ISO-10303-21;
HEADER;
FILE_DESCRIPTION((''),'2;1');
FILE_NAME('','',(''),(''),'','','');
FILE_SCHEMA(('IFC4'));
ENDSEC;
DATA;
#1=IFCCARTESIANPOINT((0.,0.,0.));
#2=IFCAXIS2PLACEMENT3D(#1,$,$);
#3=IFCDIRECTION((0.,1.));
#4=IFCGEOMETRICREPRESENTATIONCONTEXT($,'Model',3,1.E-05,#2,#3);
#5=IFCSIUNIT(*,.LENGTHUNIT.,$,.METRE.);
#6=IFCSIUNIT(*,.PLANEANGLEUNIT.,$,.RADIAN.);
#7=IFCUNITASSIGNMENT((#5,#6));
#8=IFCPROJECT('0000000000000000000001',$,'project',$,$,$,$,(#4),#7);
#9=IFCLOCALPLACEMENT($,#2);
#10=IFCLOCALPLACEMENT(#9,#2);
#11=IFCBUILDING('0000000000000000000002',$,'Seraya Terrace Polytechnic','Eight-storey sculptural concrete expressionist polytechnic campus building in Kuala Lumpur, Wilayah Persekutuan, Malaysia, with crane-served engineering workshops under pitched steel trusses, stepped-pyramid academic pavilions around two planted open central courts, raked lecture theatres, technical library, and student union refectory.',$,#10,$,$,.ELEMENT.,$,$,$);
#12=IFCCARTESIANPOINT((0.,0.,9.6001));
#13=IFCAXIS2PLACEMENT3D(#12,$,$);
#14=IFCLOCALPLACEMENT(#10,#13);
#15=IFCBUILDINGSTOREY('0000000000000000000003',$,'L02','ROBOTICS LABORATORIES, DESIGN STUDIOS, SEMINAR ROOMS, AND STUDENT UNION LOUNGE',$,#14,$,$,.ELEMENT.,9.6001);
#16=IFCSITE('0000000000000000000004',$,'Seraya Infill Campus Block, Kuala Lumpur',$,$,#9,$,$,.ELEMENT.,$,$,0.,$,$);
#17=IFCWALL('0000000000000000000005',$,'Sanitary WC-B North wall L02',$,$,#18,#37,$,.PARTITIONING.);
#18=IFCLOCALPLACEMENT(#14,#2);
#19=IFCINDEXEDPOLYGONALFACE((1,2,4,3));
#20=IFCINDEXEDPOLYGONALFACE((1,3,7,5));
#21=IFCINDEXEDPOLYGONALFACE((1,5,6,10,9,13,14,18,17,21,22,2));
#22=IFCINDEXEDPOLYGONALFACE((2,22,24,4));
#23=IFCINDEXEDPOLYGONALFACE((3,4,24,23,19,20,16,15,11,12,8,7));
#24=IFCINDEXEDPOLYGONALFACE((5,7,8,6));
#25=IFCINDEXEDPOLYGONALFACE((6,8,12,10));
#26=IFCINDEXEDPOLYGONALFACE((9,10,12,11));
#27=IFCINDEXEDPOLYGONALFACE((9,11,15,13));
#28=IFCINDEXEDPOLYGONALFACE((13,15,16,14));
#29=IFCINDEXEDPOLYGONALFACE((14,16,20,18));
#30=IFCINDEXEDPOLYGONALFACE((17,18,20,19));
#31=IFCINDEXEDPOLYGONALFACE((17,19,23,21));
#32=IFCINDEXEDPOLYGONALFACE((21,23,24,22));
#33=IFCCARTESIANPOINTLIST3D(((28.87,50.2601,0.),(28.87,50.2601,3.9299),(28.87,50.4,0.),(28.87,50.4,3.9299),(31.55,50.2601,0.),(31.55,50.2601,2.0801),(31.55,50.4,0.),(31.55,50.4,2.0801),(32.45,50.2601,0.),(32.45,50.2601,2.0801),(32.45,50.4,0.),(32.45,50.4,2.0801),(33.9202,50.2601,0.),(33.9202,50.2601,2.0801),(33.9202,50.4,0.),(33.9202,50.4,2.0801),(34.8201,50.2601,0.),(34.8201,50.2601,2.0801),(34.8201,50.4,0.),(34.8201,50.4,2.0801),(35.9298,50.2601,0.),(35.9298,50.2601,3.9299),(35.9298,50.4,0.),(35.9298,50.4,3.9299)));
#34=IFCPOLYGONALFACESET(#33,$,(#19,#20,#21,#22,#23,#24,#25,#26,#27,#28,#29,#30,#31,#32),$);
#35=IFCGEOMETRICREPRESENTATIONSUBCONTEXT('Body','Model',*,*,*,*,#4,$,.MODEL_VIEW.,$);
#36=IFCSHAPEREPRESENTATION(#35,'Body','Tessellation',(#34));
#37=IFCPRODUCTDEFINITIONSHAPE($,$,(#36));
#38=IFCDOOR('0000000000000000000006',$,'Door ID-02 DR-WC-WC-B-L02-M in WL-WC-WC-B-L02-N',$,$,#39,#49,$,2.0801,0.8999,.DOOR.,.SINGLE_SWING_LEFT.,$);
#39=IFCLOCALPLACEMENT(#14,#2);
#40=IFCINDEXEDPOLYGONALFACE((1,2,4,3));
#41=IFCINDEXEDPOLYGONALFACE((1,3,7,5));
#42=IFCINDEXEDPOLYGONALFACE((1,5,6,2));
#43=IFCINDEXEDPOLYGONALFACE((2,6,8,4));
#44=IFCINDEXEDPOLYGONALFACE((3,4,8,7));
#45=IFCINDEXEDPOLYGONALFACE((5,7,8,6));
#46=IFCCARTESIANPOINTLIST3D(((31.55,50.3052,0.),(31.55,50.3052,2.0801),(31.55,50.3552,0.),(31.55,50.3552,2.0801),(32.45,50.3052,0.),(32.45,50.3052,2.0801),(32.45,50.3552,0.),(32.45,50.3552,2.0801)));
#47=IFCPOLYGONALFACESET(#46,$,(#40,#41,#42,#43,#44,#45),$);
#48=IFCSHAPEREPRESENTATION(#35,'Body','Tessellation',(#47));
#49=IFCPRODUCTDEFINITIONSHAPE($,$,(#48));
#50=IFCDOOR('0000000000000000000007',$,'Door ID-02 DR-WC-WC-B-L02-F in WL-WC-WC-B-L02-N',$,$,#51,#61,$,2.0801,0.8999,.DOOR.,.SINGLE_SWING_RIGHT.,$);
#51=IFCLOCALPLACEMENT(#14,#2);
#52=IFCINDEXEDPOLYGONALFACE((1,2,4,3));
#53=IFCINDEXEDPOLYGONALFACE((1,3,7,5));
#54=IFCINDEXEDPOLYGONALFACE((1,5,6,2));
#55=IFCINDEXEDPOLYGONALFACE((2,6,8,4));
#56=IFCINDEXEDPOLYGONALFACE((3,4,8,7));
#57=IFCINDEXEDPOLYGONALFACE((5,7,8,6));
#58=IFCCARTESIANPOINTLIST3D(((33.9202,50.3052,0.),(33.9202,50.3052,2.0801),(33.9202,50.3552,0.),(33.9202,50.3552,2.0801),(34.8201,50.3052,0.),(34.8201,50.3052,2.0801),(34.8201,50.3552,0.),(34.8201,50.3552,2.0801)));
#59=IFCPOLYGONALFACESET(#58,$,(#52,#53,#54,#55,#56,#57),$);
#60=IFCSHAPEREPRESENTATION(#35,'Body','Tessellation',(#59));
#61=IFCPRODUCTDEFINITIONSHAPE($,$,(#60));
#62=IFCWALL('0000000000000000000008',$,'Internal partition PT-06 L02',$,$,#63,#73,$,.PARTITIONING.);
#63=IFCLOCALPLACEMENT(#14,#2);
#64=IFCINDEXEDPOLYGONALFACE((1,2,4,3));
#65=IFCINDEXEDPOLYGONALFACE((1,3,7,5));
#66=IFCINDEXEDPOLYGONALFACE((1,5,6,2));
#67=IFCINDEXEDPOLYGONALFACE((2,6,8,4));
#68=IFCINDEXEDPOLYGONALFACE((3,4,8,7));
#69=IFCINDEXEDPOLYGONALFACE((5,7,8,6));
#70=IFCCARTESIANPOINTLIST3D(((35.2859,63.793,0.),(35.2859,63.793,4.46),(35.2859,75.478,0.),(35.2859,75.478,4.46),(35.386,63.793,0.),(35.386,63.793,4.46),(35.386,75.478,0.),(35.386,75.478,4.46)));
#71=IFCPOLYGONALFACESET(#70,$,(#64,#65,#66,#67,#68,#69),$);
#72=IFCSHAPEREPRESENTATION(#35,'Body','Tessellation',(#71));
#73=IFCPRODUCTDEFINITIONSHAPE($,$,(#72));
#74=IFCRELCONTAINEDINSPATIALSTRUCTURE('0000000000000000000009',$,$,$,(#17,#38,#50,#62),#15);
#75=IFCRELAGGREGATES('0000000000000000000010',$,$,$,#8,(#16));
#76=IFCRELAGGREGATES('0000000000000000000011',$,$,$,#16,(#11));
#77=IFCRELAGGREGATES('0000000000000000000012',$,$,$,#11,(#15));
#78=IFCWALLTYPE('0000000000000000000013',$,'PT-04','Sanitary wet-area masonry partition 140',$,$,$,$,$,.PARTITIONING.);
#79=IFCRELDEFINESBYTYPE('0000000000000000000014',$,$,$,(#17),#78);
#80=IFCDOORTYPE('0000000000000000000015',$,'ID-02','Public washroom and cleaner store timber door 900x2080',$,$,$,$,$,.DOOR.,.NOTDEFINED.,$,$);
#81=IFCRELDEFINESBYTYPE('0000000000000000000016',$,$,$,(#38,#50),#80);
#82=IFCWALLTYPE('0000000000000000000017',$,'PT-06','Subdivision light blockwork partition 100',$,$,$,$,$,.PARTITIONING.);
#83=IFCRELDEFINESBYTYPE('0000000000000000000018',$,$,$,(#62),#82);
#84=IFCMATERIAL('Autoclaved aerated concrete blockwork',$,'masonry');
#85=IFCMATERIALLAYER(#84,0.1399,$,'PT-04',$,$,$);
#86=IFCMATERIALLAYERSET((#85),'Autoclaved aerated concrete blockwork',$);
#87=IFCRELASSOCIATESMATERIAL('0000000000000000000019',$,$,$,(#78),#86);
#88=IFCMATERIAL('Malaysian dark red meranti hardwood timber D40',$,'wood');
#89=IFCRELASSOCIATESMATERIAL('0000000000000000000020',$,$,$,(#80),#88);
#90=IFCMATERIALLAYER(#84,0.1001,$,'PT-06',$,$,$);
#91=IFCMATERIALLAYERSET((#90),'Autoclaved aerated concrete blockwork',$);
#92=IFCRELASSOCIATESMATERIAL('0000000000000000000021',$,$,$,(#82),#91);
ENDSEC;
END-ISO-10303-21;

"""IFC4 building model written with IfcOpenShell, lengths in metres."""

from ifc_helpers import new_model, si_unit, direction, frame, frame_2d, origin, place, context, subcontext, project, spatial, rectangle, extrude, material, layer, layer_set, type_object, element, fill, save


model = new_model("IFC4")

# Units and contexts
model_context = context("Model", 3, precision=1e-05, world=origin(), true_north=direction((0.0, 1.0)))
body_context = subcontext(model_context, "Body", "Model", "MODEL_VIEW")
ifc_project = project(units=[si_unit("LENGTHUNIT", "METRE"), si_unit("PLANEANGLEUNIT", "RADIAN")], contexts=[model_context])

# Site, building, storey
site_placement = place(None, origin())
site = spatial("IfcSite", under=ifc_project, at=site_placement, Name="Seraya Infill Campus Block, Kuala Lumpur", CompositionType="ELEMENT", RefElevation=0.0)
building_placement = place(site_placement, origin())
building = spatial("IfcBuilding", under=site, at=building_placement, Name="Seraya Terrace Polytechnic", Description="Eight-storey sculptural concrete expressionist polytechnic campus building in Kuala Lumpur, Wilayah Persekutuan, Malaysia, with crane-served engineering workshops under pitched steel trusses, stepped-pyramid academic pavilions around two planted open central courts, raked lecture theatres, technical library, and student union refectory.", CompositionType="ELEMENT")
storey_placement = place(building_placement, frame((0.0, 0.0, 9.6001)))
storey = spatial("IfcBuildingStorey", under=building, at=storey_placement, Name="L02", Description="ROBOTICS LABORATORIES, DESIGN STUDIOS, SEMINAR ROOMS, AND STUDENT UNION LOUNGE", CompositionType="ELEMENT", Elevation=9.6001)

# Shared definitions
ifc_material_1 = material(Name="Autoclaved aerated concrete blockwork", Category="masonry")

# Wall, openings, doors
ifc_layer_1 = layer(ifc_material_1, 0.1399, Name="PT-04")
ifc_layer_set_1 = layer_set([ifc_layer_1], Name="Autoclaved aerated concrete blockwork")
wall_type_1 = type_object("IfcWallType", Name="PT-04", Description="Sanitary wet-area masonry partition 140", PredefinedType="PARTITIONING", material=ifc_layer_set_1)
wall_1_placement = place(storey_placement, frame((28.8701, 50.3301, 0.0), z_axis=(0.0, 0.0, 1.0), x_axis=(1.0, 0.0, 0.0)))
wall_1 = element("IfcWall", 1, at=wall_1_placement, inside=storey, type_object=wall_type_1, Name="Sanitary WC-B North wall L02", PredefinedType="PARTITIONING", context=body_context, shape_type="SweptSolid", body=[
    extrude(rectangle(XDim=7.0598, YDim=0.1399, at=frame_2d((3.5298, 0.0))), origin(), (0.0, 0.0, 1.0), 3.9299),
])
opening_1_placement = place(wall_1_placement, frame((2.6799, 0.0, 0.0)))
opening_1 = element("IfcOpeningElement", 2, at=opening_1_placement, cuts=wall_1, PredefinedType="OPENING", context=body_context, shape_type="SweptSolid", body=[
    extrude(rectangle(XDim=0.8999, YDim=2.0801, at=frame_2d((0.45, 1.04))), frame((0.0, 0.082, 0.0), z_axis=(0.0, -1.0, 0.0), x_axis=(1.0, 0.0, 0.0)), (0.0, 0.0, 1.0), 0.1638),
])
opening_2_placement = place(wall_1_placement, frame((5.05, 0.0, 0.0)))
opening_2 = element("IfcOpeningElement", 3, at=opening_2_placement, cuts=wall_1, PredefinedType="OPENING", context=body_context, shape_type="SweptSolid", body=[
    extrude(rectangle(XDim=0.8999, YDim=2.0801, at=frame_2d((0.45, 1.04))), frame((0.0, 0.082, 0.0), z_axis=(0.0, -1.0, 0.0), x_axis=(1.0, 0.0, 0.0)), (0.0, 0.0, 1.0), 0.1638),
])
ifc_material_2 = material(Name="Malaysian dark red meranti hardwood timber D40", Category="wood")
door_type = type_object("IfcDoorType", Name="ID-02", Description="Public washroom and cleaner store timber door 900x2080", OperationType="NOTDEFINED", PredefinedType="DOOR", material=ifc_material_2)
door_1_placement = place(opening_1_placement, frame((0.8999, 0.0, 0.0), z_axis=(0.0, 0.0, 1.0), x_axis=(-1.0, 0.0, 0.0)))
door_1 = element("IfcDoor", 4, at=door_1_placement, inside=storey, type_object=door_type, Name="Door ID-02 DR-WC-WC-B-L02-M in WL-WC-WC-B-L02-N", OperationType="SINGLE_SWING_LEFT", OverallHeight=2.0801, OverallWidth=0.8999, PredefinedType="DOOR", context=body_context, shape_type="SweptSolid", body=[
    extrude(rectangle(XDim=0.8999, YDim=2.0801, at=frame_2d((0.45, 1.04))), frame((0.0, 0.0249, 0.0), z_axis=(0.0, -1.0, 0.0), x_axis=(1.0, 0.0, 0.0)), (0.0, 0.0, 1.0), 0.05),
])
fill(opening_1, door_1)
door_2_placement = place(opening_2_placement, frame((0.8999, 0.0, 0.0), z_axis=(0.0, 0.0, 1.0), x_axis=(-1.0, 0.0, 0.0)))
door_2 = element("IfcDoor", 5, at=door_2_placement, inside=storey, type_object=door_type, Name="Door ID-02 DR-WC-WC-B-L02-F in WL-WC-WC-B-L02-N", OperationType="SINGLE_SWING_RIGHT", OverallHeight=2.0801, OverallWidth=0.8999, PredefinedType="DOOR", context=body_context, shape_type="SweptSolid", body=[
    extrude(rectangle(XDim=0.8999, YDim=2.0801, at=frame_2d((0.45, 1.04))), frame((0.0, 0.0249, 0.0), z_axis=(0.0, -1.0, 0.0), x_axis=(1.0, 0.0, 0.0)), (0.0, 0.0, 1.0), 0.05),
])
fill(opening_2, door_2)

# Wall
ifc_layer_2 = layer(ifc_material_1, 0.1001, Name="PT-06")
ifc_layer_set_2 = layer_set([ifc_layer_2], Name="Autoclaved aerated concrete blockwork")
wall_type_2 = type_object("IfcWallType", Name="PT-06", Description="Subdivision light blockwork partition 100", PredefinedType="PARTITIONING", material=ifc_layer_set_2)
wall_2_placement = place(storey_placement, frame((35.3359, 63.793, 0.0), z_axis=(0.0, 0.0, 1.0), x_axis=(0.0, 1.0, 0.0)))
element("IfcWall", 6, at=wall_2_placement, inside=storey, type_object=wall_type_2, Name="Internal partition PT-06 L02", PredefinedType="PARTITIONING", context=body_context, shape_type="SweptSolid", body=[
    extrude(rectangle(XDim=11.6851, YDim=0.1001, at=frame_2d((5.8425, 0.0))), origin(), (0.0, 0.0, 1.0), 4.46),
])

save(model, "model.ifc")
